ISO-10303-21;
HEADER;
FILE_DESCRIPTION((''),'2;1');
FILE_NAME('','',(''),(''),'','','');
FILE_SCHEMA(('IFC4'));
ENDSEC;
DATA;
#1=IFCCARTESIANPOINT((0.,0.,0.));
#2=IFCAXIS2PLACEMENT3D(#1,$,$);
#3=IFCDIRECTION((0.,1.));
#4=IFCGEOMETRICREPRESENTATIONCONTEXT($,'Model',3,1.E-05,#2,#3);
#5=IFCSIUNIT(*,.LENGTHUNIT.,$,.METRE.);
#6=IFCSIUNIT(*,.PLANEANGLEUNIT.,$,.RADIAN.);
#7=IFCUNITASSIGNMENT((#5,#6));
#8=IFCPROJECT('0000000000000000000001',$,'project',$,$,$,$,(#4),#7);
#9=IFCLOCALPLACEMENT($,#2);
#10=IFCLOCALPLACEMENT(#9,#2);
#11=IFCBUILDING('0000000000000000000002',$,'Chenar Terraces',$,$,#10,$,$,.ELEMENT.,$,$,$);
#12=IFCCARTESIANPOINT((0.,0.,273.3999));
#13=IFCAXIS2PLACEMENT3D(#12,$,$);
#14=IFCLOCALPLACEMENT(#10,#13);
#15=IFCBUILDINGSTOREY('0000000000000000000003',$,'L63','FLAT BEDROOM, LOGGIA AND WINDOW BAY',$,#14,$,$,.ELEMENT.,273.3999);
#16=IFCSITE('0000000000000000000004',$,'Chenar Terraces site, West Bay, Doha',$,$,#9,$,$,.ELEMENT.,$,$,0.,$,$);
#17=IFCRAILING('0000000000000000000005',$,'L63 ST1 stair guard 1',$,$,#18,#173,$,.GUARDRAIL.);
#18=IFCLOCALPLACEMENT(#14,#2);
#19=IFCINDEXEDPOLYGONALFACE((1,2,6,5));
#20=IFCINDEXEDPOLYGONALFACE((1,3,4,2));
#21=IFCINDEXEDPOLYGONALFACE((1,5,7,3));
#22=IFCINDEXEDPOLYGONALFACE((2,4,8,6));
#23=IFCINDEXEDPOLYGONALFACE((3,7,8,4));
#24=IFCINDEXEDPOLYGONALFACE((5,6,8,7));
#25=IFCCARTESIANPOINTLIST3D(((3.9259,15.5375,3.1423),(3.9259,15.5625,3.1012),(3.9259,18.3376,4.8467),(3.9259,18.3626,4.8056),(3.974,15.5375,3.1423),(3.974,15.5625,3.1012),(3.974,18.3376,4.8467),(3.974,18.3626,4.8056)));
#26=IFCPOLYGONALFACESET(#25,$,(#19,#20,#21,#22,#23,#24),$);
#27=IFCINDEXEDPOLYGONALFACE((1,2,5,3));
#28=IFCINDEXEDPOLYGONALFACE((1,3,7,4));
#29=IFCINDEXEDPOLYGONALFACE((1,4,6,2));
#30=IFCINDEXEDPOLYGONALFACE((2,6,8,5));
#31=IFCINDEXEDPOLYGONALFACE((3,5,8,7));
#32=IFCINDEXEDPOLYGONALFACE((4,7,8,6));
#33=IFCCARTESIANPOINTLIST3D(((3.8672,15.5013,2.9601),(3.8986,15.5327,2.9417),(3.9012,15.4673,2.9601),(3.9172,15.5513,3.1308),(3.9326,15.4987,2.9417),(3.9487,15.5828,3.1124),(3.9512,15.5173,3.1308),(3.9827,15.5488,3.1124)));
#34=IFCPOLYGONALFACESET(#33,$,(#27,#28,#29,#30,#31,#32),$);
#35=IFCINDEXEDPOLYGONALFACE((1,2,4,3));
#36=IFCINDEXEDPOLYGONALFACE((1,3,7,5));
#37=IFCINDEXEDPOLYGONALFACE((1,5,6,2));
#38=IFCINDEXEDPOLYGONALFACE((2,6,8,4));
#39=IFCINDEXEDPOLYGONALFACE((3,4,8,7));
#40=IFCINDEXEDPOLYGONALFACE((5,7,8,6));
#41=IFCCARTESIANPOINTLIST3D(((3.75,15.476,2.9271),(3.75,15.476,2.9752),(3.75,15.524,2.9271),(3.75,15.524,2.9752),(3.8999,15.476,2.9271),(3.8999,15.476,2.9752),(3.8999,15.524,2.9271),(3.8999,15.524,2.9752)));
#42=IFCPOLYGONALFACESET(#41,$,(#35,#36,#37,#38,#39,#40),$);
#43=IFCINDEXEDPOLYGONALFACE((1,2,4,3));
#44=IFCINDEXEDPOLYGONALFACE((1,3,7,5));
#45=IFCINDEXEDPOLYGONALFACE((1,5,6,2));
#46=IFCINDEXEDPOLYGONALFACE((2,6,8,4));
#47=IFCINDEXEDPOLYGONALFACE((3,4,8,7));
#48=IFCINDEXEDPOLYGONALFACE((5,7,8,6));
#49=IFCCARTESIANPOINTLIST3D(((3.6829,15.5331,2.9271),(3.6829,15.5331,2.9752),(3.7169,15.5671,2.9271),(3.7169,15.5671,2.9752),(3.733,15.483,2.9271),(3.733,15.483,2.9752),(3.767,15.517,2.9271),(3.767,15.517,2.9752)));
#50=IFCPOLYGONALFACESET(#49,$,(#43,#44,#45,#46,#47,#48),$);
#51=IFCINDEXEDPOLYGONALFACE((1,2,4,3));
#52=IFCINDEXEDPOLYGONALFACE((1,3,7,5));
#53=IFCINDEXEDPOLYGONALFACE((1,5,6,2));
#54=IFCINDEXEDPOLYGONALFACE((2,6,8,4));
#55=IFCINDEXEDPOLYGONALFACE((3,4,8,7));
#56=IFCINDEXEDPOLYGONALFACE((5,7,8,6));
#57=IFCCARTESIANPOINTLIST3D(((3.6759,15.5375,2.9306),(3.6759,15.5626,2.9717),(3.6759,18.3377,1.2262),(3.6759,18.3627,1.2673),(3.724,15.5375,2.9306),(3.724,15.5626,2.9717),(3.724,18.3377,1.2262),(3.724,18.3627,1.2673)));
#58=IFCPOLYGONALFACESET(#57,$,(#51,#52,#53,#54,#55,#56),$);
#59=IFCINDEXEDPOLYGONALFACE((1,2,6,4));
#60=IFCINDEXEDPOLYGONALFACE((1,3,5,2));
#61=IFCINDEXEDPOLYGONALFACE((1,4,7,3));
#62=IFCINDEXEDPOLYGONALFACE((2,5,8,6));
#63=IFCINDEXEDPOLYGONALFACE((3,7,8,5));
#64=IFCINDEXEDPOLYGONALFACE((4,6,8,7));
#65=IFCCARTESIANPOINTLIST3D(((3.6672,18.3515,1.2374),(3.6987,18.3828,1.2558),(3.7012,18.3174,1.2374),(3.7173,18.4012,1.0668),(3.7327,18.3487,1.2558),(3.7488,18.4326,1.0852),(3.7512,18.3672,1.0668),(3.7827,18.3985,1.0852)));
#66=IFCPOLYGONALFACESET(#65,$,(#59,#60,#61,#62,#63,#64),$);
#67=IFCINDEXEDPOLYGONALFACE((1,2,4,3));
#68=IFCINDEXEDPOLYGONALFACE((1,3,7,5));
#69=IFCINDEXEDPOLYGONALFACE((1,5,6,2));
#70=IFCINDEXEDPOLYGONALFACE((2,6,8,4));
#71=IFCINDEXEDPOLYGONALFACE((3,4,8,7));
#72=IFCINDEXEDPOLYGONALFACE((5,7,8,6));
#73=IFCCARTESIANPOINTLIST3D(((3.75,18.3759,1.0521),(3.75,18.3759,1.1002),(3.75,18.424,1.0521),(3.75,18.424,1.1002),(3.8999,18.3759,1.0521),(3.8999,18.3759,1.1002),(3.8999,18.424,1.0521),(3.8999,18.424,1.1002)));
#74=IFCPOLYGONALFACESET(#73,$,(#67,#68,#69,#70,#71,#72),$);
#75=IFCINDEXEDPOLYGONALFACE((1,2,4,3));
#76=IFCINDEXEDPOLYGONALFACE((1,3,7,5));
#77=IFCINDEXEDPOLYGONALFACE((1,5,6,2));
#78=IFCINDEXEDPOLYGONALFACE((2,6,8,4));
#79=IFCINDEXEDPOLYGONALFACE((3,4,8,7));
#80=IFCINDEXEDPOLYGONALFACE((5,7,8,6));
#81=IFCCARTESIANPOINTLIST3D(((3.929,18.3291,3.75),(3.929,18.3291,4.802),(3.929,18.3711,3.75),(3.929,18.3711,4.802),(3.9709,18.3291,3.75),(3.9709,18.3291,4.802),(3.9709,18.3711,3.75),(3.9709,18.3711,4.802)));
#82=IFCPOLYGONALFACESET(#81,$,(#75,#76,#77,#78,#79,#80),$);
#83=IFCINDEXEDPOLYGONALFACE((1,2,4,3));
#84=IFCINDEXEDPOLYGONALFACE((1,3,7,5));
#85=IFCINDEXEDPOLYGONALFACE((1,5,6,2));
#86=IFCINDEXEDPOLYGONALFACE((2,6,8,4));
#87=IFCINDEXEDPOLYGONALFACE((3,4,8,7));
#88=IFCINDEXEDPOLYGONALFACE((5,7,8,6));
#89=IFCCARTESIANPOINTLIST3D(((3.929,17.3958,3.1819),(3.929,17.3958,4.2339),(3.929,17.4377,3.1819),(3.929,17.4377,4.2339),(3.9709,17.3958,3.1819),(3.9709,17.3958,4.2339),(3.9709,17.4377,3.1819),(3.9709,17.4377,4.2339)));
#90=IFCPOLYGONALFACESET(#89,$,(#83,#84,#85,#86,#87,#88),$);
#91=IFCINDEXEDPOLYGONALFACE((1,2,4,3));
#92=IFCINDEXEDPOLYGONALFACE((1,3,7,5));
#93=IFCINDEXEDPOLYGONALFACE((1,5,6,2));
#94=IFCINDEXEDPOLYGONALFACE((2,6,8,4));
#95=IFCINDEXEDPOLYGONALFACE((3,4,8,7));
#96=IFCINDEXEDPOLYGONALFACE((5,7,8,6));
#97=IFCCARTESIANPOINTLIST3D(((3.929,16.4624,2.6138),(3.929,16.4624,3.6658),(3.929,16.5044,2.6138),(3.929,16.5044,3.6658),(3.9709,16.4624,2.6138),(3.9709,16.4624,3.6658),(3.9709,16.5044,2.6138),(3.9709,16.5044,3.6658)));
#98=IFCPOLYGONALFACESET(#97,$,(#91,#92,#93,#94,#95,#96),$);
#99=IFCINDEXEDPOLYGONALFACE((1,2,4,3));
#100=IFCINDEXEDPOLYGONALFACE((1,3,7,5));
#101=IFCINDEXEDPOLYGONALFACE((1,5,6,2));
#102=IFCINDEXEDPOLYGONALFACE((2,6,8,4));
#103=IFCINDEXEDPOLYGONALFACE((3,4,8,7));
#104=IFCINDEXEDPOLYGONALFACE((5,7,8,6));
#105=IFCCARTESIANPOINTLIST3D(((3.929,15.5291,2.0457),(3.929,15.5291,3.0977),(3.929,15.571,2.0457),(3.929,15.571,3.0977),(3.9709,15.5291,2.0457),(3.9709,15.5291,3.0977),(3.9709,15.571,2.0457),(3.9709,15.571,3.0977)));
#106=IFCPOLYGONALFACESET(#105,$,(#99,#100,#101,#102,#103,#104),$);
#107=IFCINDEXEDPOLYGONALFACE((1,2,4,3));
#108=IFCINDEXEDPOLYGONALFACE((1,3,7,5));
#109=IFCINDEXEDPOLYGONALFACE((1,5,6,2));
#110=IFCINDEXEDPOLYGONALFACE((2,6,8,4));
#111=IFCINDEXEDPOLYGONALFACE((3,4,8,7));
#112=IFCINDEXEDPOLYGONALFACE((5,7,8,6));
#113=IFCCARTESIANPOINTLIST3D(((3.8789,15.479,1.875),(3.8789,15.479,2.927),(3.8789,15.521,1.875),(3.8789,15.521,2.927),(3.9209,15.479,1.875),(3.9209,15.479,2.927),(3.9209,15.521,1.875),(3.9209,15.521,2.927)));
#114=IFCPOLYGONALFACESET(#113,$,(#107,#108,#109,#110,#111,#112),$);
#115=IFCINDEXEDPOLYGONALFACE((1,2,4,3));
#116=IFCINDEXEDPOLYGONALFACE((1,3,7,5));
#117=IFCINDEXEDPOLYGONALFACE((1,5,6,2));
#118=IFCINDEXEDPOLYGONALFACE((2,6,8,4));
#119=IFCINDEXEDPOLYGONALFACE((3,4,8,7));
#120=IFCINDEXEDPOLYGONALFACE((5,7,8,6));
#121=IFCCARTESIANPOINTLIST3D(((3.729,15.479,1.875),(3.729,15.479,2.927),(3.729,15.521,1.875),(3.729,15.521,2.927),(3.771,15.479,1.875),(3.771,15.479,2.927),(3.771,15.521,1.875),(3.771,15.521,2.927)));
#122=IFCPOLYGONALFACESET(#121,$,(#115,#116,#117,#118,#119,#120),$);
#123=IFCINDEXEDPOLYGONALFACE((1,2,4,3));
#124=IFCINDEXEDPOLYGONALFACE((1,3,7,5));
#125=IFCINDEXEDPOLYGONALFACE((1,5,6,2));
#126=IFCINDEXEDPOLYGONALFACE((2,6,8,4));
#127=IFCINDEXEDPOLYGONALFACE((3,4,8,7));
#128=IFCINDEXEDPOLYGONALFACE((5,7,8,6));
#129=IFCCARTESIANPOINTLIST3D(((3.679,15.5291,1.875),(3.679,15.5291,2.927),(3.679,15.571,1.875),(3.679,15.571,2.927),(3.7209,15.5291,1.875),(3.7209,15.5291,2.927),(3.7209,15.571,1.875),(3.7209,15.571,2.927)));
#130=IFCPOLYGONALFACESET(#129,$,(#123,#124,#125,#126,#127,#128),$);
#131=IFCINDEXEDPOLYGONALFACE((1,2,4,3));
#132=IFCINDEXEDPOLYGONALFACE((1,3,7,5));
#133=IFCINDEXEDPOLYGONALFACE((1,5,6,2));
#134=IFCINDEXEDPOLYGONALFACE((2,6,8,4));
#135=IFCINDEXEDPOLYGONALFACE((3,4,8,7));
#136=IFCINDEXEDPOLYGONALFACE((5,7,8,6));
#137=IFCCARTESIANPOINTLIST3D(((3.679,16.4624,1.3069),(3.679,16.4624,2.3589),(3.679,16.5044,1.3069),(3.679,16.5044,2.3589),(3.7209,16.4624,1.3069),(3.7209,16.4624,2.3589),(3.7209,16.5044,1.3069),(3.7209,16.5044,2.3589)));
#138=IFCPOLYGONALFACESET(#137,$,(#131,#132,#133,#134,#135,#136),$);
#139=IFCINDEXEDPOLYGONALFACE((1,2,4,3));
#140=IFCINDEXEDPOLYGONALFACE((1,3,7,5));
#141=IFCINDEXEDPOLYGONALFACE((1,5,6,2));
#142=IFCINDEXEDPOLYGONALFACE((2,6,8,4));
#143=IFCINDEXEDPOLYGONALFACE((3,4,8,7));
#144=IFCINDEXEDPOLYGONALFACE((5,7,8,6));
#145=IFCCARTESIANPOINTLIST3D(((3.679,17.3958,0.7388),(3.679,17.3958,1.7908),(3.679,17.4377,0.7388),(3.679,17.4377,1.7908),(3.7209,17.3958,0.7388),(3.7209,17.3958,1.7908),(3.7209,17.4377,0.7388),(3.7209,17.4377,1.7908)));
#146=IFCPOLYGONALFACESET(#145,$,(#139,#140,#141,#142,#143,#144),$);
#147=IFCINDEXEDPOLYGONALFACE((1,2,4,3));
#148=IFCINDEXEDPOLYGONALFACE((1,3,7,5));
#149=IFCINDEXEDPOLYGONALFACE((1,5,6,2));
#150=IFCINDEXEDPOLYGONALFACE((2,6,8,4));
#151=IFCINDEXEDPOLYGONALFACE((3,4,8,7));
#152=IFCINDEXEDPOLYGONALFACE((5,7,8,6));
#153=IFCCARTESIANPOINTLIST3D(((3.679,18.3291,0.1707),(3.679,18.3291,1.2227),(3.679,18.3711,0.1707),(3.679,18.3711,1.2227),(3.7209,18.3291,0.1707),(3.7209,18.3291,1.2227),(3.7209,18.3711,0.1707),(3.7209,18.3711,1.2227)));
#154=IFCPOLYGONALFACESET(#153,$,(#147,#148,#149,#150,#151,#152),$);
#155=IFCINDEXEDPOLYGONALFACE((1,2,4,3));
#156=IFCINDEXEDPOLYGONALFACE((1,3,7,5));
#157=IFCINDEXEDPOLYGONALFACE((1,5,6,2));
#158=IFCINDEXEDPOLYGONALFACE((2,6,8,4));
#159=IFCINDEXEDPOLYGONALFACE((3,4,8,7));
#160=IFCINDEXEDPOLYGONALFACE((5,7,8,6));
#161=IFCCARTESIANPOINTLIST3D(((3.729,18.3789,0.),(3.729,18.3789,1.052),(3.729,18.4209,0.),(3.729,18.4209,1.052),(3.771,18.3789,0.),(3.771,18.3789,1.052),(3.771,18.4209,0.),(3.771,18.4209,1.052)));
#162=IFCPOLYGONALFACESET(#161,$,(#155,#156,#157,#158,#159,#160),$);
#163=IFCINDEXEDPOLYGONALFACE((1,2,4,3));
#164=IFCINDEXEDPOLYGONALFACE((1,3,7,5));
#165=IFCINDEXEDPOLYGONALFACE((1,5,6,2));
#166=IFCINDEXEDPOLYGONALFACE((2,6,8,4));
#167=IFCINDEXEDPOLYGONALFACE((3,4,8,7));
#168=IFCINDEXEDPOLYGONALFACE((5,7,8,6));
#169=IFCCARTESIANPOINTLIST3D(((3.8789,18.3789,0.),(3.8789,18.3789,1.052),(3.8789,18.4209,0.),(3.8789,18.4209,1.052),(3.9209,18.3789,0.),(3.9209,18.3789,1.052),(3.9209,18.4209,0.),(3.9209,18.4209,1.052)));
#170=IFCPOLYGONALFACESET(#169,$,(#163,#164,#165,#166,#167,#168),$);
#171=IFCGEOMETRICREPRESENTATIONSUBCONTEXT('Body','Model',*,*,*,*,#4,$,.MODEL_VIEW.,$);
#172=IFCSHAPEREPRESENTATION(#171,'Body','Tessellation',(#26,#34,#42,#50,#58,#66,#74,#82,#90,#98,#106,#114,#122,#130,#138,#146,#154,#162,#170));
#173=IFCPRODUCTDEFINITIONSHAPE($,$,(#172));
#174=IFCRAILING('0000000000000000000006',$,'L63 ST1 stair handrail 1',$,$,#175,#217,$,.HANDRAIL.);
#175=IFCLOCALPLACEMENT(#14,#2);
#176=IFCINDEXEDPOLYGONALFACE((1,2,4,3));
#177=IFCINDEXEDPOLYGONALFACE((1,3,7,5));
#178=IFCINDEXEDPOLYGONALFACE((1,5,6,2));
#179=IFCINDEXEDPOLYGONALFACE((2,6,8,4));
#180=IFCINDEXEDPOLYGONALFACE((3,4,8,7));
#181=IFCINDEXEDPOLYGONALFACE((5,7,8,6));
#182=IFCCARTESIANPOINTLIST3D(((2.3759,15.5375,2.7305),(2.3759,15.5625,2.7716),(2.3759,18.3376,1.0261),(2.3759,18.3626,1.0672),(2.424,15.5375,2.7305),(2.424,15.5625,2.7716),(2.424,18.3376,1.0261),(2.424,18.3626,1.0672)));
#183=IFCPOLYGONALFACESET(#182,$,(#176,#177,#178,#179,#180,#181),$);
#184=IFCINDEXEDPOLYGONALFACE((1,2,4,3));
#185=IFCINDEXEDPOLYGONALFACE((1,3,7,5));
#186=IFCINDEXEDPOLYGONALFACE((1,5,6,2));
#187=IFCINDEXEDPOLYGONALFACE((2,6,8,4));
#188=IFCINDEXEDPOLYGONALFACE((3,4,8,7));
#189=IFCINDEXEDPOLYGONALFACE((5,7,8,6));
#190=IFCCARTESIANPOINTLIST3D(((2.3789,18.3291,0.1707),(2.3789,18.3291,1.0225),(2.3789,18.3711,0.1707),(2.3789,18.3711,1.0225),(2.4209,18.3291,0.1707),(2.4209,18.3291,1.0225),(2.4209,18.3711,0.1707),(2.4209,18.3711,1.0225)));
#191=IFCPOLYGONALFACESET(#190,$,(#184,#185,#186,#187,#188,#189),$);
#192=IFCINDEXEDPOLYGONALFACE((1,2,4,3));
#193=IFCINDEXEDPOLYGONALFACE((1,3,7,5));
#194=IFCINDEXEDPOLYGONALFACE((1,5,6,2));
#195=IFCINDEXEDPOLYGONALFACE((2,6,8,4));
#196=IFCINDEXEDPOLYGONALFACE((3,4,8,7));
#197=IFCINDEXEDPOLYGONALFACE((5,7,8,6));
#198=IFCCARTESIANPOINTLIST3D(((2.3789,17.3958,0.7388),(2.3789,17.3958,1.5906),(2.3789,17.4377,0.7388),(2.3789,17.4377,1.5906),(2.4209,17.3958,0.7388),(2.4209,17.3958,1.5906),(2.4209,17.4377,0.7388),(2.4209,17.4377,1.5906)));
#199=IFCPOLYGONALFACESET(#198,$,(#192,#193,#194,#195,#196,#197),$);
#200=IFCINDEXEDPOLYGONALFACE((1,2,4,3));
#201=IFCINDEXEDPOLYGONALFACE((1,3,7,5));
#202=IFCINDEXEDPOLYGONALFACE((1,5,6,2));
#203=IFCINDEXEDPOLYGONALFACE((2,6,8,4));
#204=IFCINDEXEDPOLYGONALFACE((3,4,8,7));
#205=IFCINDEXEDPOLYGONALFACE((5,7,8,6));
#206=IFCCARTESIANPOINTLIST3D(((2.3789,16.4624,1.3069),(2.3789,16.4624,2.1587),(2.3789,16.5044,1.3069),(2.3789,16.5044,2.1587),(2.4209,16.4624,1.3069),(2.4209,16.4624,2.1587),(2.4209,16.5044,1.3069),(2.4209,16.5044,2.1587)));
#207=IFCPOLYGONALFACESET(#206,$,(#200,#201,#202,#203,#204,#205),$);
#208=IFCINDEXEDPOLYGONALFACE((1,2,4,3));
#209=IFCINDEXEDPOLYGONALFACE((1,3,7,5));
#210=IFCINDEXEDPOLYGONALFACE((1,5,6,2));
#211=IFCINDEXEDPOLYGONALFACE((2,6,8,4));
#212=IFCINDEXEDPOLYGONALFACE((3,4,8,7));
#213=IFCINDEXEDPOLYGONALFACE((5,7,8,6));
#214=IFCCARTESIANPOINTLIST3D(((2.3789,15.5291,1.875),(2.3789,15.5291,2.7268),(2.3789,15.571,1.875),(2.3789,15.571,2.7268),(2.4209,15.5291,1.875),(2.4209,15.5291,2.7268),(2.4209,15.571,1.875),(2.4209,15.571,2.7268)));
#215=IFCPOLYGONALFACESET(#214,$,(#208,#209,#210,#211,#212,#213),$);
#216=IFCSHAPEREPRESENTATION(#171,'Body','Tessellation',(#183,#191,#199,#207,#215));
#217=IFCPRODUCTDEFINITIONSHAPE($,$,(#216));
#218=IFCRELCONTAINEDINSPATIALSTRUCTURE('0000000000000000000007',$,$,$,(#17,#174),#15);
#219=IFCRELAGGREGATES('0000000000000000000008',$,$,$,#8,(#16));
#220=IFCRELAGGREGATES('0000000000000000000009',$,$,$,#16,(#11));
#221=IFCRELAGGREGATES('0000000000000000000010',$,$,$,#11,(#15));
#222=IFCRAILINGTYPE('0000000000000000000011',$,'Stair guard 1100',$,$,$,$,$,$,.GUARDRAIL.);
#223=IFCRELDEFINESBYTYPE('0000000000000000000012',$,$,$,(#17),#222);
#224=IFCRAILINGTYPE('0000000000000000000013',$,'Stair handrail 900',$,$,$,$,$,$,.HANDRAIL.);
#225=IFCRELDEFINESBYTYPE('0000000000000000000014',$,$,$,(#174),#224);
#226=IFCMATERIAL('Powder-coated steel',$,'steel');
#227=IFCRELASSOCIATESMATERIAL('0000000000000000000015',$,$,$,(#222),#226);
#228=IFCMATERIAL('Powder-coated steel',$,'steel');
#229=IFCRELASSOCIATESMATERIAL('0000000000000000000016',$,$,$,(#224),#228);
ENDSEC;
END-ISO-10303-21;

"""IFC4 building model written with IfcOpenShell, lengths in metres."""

from ifc_helpers import new_model, si_unit, direction, frame, origin, origin_2d, place, context, subcontext, project, spatial, rectangle, extrude, material, type_object, element, save


model = new_model("IFC4")

# Units and contexts
model_context = context("Model", 3, precision=1e-05, world=origin(), true_north=direction((0.0, 1.0)))
body_context = subcontext(model_context, "Body", "Model", "MODEL_VIEW")
ifc_project = project(units=[si_unit("LENGTHUNIT", "METRE"), si_unit("PLANEANGLEUNIT", "RADIAN")], contexts=[model_context])

# Site, building, storey
site_placement = place(None, origin())
site = spatial("IfcSite", under=ifc_project, at=site_placement, Name="Chenar Terraces site, West Bay, Doha", CompositionType="ELEMENT", RefElevation=0.0)
building_placement = place(site_placement, origin())
building = spatial("IfcBuilding", under=site, at=building_placement, Name="Chenar Terraces", CompositionType="ELEMENT")
storey_placement = place(building_placement, frame((0.0, 0.0, 273.3999)))
storey = spatial("IfcBuildingStorey", under=building, at=storey_placement, Name="L63", Description="FLAT BEDROOM, LOGGIA AND WINDOW BAY", CompositionType="ELEMENT", Elevation=273.3999)

# Railings
ifc_material_1 = material(Name="Powder-coated steel", Category="steel")
railing_type_1 = type_object("IfcRailingType", Name="Stair guard 1100", PredefinedType="GUARDRAIL", material=ifc_material_1)
railing_1_placement = place(storey_placement, frame((3.95, 18.3501, 3.75)))
element("IfcRailing", 1, at=railing_1_placement, inside=storey, type_object=railing_type_1, Name="L63 ST1 stair guard 1", PredefinedType="GUARDRAIL", context=body_context, shape_type="SweptSolid", body=[
    extrude(rectangle(XDim=0.0481, YDim=0.0481, at=origin_2d()), frame((0.0, 0.0, 1.0762), z_axis=(0.0, -0.854203, -0.51994), x_axis=(1.0, 0.0, 0.0)), (0.0, 0.0, 1.0), 3.2781),
    extrude(rectangle(XDim=0.0481, YDim=0.0481, at=origin_2d()), frame((0.0, -2.8, -0.6284), z_axis=(-0.2709, -0.2709, -0.923703), x_axis=(0.707107, -0.707107, 0.0)), (0.0, 0.0, 1.0), 0.1848),
    extrude(rectangle(XDim=0.0481, YDim=0.0481, at=origin_2d()), frame((-0.05, -2.8501, -0.7988), z_axis=(-1.0, 0.0, 0.0), x_axis=(0.0, -1.0, 0.0)), (0.0, 0.0, 1.0), 0.1499),
    extrude(rectangle(XDim=0.0481, YDim=0.0481, at=origin_2d()), frame((-0.2, -2.8501, -0.7988), z_axis=(-0.707107, 0.707107, 0.0), x_axis=(-0.707107, -0.707107, 0.0)), (0.0, 0.0, 1.0), 0.0708),
    extrude(rectangle(XDim=0.0481, YDim=0.0481, at=origin_2d()), frame((-0.25, -2.8, -0.7988), z_axis=(0.0, 0.854203, -0.51994), x_axis=(-1.0, 0.0, 0.0)), (0.0, 0.0, 1.0), 3.2781),
    extrude(rectangle(XDim=0.0481, YDim=0.0481, at=origin_2d()), frame((-0.25, 0.0, -2.5034), z_axis=(0.270997, 0.269675, -0.924033), x_axis=(-0.705376, 0.708834, 0.0)), (0.0, 0.0, 1.0), 0.1846),
    extrude(rectangle(XDim=0.0481, YDim=0.0481, at=origin_2d()), frame((-0.2, 0.0498, -2.6738), z_axis=(1.0, 0.0, 0.0), x_axis=(0.0, 1.0, 0.0)), (0.0, 0.0, 1.0), 0.1499),
    extrude(rectangle(XDim=0.042, YDim=0.042, at=origin_2d()), origin(), (0.0, 0.0, 1.0), 1.052),
    extrude(rectangle(XDim=0.042, YDim=0.042, at=origin_2d()), frame((0.0, -0.9333, -0.5681)), (0.0, 0.0, 1.0), 1.052),
    extrude(rectangle(XDim=0.042, YDim=0.042, at=origin_2d()), frame((0.0, -1.8667, -1.1362)), (0.0, 0.0, 1.0), 1.052),
    extrude(rectangle(XDim=0.042, YDim=0.042, at=origin_2d()), frame((0.0, -2.8, -1.7043)), (0.0, 0.0, 1.0), 1.052),
    extrude(rectangle(XDim=0.042, YDim=0.042, at=origin_2d()), frame((-0.05, -2.8501, -1.875)), (0.0, 0.0, 1.0), 1.052),
    extrude(rectangle(XDim=0.042, YDim=0.042, at=origin_2d()), frame((-0.2, -2.8501, -1.875)), (0.0, 0.0, 1.0), 1.052),
    extrude(rectangle(XDim=0.042, YDim=0.042, at=origin_2d()), frame((-0.25, -2.8, -1.875)), (0.0, 0.0, 1.0), 1.052),
    extrude(rectangle(XDim=0.042, YDim=0.042, at=origin_2d()), frame((-0.25, -1.8667, -2.4431)), (0.0, 0.0, 1.0), 1.052),
    extrude(rectangle(XDim=0.042, YDim=0.042, at=origin_2d()), frame((-0.25, -0.9333, -3.0112)), (0.0, 0.0, 1.0), 1.052),
    extrude(rectangle(XDim=0.042, YDim=0.042, at=origin_2d()), frame((-0.25, 0.0, -3.5793)), (0.0, 0.0, 1.0), 1.052),
    extrude(rectangle(XDim=0.042, YDim=0.042, at=origin_2d()), frame((-0.2, 0.0498, -3.75)), (0.0, 0.0, 1.0), 1.052),
    extrude(rectangle(XDim=0.042, YDim=0.042, at=origin_2d()), frame((-0.05, 0.0498, -3.75)), (0.0, 0.0, 1.0), 1.052),
])
ifc_material_2 = material(Name="Powder-coated steel", Category="steel")
railing_type_2 = type_object("IfcRailingType", Name="Stair handrail 900", PredefinedType="HANDRAIL", material=ifc_material_2)
railing_2_placement = place(storey_placement, frame((2.3999, 18.3501, 0.1707)))
element("IfcRailing", 2, at=railing_2_placement, inside=storey, type_object=railing_type_2, Name="L63 ST1 stair handrail 1", PredefinedType="HANDRAIL", context=body_context, shape_type="SweptSolid", body=[
    extrude(rectangle(XDim=0.0481, YDim=0.0481, at=origin_2d()), frame((0.0, 0.0, 0.876), z_axis=(0.0, -0.854203, 0.51994), x_axis=(1.0, 0.0, 0.0)), (0.0, 0.0, 1.0), 3.2781),
    extrude(rectangle(XDim=0.042, YDim=0.042, at=origin_2d()), origin(), (0.0, 0.0, 1.0), 0.8518),
    extrude(rectangle(XDim=0.042, YDim=0.042, at=origin_2d()), frame((0.0, -0.9333, 0.5681)), (0.0, 0.0, 1.0), 0.8518),
    extrude(rectangle(XDim=0.042, YDim=0.042, at=origin_2d()), frame((0.0, -1.8667, 1.1362)), (0.0, 0.0, 1.0), 0.8518),
    extrude(rectangle(XDim=0.042, YDim=0.042, at=origin_2d()), frame((0.0, -2.8, 1.7043)), (0.0, 0.0, 1.0), 0.8518),
])

save(model, "model.ifc")
